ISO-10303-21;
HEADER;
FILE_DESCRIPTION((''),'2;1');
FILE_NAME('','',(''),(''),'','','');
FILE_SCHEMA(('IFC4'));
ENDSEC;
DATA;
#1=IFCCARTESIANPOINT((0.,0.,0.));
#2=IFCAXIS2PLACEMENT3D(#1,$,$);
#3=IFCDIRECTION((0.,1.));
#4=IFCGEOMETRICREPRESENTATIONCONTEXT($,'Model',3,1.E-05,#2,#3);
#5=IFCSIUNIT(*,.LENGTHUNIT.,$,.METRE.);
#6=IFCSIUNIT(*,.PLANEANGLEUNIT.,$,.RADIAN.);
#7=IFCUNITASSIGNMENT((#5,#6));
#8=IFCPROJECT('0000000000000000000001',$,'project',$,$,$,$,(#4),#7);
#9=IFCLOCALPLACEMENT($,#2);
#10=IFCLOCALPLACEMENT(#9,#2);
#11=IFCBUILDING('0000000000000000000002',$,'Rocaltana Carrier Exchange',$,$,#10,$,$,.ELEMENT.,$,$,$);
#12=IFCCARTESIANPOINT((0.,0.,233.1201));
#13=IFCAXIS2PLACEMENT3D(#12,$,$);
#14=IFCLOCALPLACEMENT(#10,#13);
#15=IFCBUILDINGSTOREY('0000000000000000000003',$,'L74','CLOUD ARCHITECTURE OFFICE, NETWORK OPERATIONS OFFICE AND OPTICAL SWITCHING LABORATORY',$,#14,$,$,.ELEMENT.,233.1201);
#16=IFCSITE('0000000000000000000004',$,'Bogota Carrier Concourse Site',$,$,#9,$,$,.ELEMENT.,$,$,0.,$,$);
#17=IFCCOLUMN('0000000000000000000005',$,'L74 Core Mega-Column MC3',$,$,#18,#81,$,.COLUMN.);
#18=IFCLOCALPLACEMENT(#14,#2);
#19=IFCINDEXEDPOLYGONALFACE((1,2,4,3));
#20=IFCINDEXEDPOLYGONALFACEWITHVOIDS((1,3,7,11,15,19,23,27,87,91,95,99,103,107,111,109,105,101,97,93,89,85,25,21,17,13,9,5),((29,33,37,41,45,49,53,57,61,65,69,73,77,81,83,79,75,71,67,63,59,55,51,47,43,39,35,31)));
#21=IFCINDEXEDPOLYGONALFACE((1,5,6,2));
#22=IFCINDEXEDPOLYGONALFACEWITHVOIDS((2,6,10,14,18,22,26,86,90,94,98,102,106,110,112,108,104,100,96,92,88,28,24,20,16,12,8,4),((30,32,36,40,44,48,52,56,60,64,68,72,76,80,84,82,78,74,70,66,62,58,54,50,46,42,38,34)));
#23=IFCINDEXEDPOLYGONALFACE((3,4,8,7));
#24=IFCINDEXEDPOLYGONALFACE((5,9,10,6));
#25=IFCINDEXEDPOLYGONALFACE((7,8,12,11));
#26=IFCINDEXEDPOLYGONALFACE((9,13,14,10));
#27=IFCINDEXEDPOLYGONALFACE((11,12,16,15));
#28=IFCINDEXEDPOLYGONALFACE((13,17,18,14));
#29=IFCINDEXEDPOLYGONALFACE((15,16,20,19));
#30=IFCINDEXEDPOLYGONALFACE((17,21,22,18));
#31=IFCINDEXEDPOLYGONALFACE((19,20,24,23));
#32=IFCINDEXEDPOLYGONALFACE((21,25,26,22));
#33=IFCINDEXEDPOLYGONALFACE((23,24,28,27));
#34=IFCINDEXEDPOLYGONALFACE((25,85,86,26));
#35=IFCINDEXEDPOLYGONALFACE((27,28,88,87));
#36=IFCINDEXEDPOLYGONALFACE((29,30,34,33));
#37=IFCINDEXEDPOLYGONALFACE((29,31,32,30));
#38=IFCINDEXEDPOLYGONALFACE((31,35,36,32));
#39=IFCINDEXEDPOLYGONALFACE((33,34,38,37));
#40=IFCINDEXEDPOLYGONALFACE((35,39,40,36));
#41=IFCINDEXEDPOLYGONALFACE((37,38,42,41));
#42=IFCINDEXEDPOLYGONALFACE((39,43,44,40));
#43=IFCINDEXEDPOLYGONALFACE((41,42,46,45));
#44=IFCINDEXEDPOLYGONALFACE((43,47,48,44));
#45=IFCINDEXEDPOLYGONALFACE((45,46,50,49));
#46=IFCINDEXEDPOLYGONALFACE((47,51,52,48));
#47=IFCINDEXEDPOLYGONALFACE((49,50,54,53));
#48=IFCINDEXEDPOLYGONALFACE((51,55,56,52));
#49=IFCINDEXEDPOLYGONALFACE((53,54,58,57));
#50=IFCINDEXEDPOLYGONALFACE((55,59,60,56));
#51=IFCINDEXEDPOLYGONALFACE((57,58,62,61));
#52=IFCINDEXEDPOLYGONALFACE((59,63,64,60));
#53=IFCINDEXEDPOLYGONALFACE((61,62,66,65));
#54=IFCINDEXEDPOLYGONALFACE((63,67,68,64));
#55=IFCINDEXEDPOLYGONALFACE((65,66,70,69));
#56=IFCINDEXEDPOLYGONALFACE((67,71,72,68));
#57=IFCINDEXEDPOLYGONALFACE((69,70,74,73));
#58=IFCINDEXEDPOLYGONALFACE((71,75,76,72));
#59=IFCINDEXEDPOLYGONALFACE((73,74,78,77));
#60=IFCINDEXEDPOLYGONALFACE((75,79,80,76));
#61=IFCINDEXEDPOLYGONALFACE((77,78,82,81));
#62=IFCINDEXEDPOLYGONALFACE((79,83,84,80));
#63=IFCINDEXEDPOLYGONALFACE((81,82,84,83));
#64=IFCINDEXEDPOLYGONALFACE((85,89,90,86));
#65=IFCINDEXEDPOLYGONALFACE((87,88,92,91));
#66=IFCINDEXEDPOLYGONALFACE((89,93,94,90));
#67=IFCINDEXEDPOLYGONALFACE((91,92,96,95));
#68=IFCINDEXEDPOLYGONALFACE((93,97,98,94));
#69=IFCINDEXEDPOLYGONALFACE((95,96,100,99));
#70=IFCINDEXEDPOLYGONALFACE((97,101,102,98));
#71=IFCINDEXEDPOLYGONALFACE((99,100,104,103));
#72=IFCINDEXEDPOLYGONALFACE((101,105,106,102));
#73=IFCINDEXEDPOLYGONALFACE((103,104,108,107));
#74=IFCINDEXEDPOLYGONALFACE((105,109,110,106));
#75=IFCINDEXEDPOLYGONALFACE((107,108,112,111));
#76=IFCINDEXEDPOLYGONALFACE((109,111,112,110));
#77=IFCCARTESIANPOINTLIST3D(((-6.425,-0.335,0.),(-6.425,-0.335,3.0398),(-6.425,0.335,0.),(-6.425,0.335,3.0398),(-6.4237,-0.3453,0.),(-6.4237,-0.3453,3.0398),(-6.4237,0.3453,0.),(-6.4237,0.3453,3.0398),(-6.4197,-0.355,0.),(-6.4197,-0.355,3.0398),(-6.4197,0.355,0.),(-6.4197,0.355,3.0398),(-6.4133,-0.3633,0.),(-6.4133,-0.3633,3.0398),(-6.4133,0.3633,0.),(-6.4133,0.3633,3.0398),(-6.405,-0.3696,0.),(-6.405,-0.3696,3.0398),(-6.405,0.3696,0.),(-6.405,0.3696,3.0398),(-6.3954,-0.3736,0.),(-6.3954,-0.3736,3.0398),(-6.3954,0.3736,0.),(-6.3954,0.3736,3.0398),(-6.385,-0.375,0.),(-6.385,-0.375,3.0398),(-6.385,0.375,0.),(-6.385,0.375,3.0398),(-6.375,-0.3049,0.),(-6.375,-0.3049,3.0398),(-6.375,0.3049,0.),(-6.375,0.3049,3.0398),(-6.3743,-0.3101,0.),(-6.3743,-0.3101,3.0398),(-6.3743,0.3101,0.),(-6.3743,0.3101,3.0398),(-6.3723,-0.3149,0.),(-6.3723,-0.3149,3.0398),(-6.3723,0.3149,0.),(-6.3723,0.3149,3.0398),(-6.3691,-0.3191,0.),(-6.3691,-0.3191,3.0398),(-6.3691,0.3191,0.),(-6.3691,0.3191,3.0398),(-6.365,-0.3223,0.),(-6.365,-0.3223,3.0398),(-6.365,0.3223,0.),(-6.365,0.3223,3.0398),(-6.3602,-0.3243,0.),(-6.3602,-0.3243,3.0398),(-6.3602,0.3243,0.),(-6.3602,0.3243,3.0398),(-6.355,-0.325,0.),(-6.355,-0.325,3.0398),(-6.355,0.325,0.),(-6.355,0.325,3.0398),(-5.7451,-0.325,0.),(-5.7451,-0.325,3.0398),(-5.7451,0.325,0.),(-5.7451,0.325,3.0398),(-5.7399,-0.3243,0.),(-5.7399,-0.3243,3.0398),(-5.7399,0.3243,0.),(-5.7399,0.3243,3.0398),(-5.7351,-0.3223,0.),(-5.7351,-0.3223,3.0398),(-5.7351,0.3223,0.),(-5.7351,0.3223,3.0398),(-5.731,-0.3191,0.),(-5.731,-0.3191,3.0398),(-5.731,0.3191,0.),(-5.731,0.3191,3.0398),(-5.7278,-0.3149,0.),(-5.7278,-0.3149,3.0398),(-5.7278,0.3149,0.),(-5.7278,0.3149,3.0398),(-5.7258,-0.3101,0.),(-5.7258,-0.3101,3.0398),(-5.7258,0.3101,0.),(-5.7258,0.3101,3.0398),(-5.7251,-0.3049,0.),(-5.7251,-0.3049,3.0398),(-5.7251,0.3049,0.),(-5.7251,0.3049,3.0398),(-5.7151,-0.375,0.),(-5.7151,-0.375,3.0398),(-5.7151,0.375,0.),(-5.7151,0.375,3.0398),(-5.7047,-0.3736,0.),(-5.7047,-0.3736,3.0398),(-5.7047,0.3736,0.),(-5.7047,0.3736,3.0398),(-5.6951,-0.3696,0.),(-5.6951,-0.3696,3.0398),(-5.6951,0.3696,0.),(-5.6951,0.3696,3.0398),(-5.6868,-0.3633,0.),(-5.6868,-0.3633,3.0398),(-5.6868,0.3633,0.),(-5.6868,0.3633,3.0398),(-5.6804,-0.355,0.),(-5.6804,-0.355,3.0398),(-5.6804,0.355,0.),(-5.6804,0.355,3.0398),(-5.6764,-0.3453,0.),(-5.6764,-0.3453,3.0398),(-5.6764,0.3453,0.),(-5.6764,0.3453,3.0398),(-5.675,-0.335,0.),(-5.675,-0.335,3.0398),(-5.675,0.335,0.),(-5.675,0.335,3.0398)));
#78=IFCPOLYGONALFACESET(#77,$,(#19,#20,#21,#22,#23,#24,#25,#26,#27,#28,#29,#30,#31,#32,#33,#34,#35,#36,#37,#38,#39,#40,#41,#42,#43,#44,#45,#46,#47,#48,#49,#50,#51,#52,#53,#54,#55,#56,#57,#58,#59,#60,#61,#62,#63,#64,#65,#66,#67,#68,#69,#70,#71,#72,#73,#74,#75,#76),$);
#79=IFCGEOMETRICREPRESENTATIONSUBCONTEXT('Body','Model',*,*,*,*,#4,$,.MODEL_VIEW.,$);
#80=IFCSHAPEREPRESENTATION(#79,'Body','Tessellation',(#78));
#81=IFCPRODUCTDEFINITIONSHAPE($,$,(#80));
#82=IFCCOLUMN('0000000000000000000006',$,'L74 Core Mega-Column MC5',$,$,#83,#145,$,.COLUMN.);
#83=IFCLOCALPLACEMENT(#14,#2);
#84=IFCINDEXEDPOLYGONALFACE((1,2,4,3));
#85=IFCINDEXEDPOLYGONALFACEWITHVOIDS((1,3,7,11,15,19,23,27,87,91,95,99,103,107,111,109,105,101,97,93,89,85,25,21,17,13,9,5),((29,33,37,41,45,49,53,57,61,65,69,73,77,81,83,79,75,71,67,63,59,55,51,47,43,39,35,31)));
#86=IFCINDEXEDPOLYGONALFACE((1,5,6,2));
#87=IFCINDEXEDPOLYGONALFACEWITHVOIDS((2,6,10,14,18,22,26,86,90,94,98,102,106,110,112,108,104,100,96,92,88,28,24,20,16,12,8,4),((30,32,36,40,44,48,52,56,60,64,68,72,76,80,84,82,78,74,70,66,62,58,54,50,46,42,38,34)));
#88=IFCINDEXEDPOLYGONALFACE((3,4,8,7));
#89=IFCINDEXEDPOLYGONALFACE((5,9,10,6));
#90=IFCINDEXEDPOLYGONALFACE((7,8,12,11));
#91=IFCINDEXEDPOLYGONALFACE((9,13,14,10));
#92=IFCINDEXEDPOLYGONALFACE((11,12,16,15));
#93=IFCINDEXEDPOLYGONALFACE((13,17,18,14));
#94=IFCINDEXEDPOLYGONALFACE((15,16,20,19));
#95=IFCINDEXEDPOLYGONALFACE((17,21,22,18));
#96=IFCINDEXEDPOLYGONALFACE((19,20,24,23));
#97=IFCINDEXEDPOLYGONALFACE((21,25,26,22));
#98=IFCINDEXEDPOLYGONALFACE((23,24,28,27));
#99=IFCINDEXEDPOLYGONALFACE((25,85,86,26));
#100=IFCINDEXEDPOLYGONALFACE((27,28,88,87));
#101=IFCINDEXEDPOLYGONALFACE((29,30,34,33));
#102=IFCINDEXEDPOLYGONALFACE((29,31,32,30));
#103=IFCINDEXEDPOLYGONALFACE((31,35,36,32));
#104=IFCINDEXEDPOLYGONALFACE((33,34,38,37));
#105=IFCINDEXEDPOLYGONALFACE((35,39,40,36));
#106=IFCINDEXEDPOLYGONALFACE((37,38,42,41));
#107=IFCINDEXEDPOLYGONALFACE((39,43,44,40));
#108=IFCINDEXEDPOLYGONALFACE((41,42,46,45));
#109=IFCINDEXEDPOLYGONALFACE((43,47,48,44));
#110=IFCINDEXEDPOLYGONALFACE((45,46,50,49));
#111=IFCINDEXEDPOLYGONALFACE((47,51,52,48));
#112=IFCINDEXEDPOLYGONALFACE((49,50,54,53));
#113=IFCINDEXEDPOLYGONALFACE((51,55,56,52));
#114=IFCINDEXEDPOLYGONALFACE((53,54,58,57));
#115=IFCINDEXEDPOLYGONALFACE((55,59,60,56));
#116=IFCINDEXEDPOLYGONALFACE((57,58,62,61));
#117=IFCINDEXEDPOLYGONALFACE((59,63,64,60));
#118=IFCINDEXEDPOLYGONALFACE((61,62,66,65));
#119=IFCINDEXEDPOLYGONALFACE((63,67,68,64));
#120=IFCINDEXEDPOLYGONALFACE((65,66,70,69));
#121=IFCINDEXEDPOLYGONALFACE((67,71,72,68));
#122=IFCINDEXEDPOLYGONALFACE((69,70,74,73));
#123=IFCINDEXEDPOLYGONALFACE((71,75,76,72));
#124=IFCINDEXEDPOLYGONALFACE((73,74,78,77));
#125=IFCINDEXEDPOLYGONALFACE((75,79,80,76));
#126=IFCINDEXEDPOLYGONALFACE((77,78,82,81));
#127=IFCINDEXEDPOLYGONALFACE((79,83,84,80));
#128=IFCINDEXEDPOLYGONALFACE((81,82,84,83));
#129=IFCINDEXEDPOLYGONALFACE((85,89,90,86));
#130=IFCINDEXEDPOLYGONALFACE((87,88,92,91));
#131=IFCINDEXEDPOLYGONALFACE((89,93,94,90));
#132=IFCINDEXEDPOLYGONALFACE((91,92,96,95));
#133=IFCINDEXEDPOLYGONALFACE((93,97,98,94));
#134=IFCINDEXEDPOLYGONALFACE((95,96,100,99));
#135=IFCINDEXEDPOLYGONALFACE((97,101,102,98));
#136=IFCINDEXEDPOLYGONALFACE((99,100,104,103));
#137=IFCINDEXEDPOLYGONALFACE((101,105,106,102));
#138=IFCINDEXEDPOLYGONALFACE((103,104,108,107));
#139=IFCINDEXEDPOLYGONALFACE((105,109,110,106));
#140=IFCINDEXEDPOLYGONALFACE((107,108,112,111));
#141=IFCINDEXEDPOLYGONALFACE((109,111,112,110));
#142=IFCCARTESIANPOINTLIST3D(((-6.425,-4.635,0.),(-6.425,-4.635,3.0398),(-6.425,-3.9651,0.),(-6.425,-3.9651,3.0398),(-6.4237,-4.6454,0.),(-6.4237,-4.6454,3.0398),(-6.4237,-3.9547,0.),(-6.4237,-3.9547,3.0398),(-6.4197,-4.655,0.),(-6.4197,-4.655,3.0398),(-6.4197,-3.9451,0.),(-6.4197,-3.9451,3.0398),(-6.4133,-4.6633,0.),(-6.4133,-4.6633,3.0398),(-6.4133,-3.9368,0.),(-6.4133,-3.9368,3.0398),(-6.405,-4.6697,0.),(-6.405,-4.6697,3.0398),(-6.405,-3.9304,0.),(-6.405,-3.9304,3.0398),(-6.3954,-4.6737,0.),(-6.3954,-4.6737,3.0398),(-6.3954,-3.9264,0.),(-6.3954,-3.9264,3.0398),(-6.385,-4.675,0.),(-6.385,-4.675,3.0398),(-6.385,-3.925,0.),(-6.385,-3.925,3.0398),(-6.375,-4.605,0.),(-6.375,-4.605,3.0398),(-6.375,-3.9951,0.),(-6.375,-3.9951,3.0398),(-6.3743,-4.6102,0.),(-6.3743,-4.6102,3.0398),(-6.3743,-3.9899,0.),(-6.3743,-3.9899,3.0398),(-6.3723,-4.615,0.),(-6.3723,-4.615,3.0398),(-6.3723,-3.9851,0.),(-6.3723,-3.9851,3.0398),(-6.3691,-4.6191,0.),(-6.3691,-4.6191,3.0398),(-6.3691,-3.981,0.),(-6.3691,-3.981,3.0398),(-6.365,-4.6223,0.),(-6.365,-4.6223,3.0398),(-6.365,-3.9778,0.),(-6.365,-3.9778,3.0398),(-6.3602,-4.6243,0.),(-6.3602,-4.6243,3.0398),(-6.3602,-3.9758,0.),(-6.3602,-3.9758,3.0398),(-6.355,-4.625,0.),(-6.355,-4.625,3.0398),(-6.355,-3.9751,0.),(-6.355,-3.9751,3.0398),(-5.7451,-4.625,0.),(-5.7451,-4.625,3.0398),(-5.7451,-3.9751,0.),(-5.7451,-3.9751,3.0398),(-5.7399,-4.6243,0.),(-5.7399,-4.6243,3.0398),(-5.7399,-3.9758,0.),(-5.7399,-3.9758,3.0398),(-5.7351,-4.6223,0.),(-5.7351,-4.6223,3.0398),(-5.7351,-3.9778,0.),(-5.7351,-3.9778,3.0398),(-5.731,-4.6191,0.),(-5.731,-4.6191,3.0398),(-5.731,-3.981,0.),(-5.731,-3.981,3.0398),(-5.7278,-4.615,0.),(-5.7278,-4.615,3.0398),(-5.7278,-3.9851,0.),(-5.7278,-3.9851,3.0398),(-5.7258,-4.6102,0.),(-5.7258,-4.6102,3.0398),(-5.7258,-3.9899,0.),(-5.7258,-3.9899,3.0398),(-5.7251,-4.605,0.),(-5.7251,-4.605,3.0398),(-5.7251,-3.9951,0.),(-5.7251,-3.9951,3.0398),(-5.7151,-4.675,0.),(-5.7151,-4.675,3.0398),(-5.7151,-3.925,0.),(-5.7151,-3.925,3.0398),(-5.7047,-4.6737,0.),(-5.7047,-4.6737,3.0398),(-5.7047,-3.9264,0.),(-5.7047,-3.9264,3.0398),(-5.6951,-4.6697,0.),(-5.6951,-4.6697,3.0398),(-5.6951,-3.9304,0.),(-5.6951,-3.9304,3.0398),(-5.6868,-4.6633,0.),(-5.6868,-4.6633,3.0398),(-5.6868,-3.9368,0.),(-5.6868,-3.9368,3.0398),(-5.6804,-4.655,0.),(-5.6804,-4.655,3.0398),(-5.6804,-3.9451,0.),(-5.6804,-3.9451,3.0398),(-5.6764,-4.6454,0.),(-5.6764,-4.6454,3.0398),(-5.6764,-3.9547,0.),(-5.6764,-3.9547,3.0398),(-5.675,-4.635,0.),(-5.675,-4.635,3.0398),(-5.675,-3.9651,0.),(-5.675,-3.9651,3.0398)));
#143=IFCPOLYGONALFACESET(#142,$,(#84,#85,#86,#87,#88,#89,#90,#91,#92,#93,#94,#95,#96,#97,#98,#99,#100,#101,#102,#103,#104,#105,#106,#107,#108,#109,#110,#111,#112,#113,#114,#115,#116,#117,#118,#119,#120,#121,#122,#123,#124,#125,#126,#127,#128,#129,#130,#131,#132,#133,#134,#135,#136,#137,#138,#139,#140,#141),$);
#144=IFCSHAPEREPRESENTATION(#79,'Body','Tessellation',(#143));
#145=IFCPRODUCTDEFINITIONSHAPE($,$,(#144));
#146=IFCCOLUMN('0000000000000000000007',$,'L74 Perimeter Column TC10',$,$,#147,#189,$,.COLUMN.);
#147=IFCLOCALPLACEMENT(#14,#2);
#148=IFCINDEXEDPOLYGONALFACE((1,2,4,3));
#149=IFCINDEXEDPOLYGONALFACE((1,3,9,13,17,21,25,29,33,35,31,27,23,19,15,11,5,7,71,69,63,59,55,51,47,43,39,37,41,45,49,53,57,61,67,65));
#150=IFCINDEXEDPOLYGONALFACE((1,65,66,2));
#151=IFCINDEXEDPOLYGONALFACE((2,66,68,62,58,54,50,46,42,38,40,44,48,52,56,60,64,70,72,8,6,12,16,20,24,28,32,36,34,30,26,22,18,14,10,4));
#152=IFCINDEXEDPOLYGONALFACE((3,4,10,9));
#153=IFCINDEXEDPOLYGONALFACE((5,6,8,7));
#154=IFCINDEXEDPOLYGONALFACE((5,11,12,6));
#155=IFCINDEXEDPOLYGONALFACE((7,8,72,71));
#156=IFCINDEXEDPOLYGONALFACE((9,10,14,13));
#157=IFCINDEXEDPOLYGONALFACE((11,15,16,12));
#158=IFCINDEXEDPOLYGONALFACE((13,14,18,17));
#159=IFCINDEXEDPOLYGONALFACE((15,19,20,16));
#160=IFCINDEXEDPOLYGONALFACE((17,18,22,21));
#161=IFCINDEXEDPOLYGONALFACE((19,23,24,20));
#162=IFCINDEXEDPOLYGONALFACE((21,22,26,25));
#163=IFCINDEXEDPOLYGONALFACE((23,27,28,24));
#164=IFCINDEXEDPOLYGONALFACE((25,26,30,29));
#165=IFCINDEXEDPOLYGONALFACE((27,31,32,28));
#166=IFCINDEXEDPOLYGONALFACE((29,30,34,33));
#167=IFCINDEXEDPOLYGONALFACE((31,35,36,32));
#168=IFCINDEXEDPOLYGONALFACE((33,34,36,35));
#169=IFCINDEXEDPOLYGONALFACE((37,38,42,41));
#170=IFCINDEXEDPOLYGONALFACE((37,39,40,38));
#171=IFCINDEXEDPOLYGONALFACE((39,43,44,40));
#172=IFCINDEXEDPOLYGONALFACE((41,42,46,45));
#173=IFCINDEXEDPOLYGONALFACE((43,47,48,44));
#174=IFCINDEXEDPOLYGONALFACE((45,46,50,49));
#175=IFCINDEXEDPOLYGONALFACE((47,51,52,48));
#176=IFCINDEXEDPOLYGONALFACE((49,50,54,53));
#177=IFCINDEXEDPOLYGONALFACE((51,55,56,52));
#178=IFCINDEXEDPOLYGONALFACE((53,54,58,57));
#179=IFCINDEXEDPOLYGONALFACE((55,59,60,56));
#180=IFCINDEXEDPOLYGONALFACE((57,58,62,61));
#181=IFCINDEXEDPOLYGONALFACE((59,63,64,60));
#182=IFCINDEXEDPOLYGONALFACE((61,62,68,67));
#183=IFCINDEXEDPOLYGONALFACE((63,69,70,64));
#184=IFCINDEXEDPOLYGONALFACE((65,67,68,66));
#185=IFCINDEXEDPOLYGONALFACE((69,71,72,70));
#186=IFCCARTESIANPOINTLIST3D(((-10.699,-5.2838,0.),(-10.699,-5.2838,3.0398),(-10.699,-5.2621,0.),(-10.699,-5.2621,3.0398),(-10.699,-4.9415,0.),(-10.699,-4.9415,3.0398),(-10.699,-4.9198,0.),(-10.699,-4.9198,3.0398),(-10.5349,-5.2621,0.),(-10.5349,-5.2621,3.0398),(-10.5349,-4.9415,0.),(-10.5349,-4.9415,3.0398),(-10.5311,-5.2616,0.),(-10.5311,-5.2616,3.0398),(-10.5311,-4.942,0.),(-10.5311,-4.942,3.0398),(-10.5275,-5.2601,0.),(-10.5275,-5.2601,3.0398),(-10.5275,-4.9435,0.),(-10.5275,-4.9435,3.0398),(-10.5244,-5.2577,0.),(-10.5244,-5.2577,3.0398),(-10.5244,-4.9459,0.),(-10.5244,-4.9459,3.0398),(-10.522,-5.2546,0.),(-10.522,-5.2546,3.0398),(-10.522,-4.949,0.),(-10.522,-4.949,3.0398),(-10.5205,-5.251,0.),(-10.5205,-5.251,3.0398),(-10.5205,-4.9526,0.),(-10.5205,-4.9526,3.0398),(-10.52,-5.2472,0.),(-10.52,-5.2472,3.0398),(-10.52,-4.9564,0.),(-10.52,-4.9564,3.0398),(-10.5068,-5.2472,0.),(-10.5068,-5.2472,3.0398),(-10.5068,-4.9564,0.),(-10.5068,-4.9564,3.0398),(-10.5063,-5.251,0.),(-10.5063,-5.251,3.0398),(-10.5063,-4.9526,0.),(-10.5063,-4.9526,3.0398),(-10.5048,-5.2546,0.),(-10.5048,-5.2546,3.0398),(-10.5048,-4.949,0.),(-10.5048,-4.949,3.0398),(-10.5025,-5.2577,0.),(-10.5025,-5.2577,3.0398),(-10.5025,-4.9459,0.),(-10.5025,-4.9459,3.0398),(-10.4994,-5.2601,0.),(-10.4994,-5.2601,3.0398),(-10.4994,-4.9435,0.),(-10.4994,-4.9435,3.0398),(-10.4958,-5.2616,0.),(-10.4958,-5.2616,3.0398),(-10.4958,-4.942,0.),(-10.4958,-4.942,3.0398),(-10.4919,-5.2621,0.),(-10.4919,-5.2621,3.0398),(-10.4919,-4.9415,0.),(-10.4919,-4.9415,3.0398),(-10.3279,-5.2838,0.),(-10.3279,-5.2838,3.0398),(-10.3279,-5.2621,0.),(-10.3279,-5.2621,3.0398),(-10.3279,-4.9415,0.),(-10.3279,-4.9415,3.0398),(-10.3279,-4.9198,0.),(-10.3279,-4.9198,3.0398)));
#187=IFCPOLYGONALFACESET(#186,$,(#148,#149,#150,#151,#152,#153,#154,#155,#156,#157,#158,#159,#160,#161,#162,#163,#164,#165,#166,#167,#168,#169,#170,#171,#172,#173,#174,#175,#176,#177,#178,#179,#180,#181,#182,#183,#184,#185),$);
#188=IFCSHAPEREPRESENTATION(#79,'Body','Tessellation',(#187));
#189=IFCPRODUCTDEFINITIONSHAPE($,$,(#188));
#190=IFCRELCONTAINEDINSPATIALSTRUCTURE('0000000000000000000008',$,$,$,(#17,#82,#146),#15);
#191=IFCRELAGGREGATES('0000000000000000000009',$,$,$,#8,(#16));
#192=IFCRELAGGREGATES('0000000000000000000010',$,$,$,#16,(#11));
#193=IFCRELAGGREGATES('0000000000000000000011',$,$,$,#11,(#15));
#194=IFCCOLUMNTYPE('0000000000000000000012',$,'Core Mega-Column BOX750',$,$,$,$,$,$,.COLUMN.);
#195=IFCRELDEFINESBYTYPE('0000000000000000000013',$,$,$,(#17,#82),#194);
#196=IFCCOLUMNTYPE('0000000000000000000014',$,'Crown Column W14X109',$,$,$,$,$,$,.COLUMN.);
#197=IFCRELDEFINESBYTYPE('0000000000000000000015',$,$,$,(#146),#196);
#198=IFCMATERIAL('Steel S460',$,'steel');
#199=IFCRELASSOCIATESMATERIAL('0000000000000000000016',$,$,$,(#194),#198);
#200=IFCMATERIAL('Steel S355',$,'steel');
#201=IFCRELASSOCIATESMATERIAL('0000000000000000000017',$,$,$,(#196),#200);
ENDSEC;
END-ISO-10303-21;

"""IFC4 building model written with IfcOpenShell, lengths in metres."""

from ifc_helpers import new_model, si_unit, direction, frame, origin, origin_2d, place, context, subcontext, project, spatial, hollow_rectangle, i_section, extrude, material, material_profile, profile_set, type_object, element, save


model = new_model("IFC4")

# Units and contexts
model_context = context("Model", 3, precision=1e-05, world=origin(), true_north=direction((0.0, 1.0)))
body_context = subcontext(model_context, "Body", "Model", "MODEL_VIEW")
ifc_project = project(units=[si_unit("LENGTHUNIT", "METRE"), si_unit("PLANEANGLEUNIT", "RADIAN")], contexts=[model_context])

# Site, building, storey
site_placement = place(None, origin())
site = spatial("IfcSite", under=ifc_project, at=site_placement, Name="Bogota Carrier Concourse Site", CompositionType="ELEMENT", RefElevation=0.0)
building_placement = place(site_placement, origin())
building = spatial("IfcBuilding", under=site, at=building_placement, Name="Rocaltana Carrier Exchange", CompositionType="ELEMENT")
storey_placement = place(building_placement, frame((0.0, 0.0, 233.1201)))
storey = spatial("IfcBuildingStorey", under=building, at=storey_placement, Name="L74", Description="CLOUD ARCHITECTURE OFFICE, NETWORK OPERATIONS OFFICE AND OPTICAL SWITCHING LABORATORY", CompositionType="ELEMENT", Elevation=233.1201)

# Columns
ifc_material_1 = material(Name="Steel S460", Category="steel")
ifc_material_profile_1 = material_profile(ifc_material_1, hollow_rectangle(XDim=0.75, YDim=0.75, WallThickness=0.05, InnerFilletRadius=0.02, OuterFilletRadius=0.04, at=origin_2d()), Name="BOX750X750X50")
ifc_profile_set_1 = profile_set([ifc_material_profile_1], Name="Steel S460")
column_type_1 = type_object("IfcColumnType", Name="Core Mega-Column BOX750", PredefinedType="COLUMN", material=ifc_profile_set_1)
for number, where, z_axis, x_axis, name in (
    (1, (-6.05, 0.0, 0.0), (0.0, 0.0, 1.0), (1.0, 0.0, 0.0), "L74 Core Mega-Column MC3"),
    (2, (-6.05, -4.3, 0.0), (0.0, 0.0, 1.0), (1.0, 0.0, 0.0), "L74 Core Mega-Column MC5"),
):
    element("IfcColumn", number, at=place(storey_placement, frame(where, z_axis=z_axis, x_axis=x_axis)), inside=storey, type_object=column_type_1, Name=name, PredefinedType="COLUMN", context=body_context, shape_type="SweptSolid", body=[
        extrude(hollow_rectangle(XDim=0.75, YDim=0.75, WallThickness=0.05, InnerFilletRadius=0.02, OuterFilletRadius=0.04, at=origin_2d()), origin(), (0.0, 0.0, 1.0), 3.0398),
    ])
ifc_material_2 = material(Name="Steel S355", Category="steel")
ifc_material_profile_2 = material_profile(ifc_material_2, i_section(OverallWidth=0.3711, OverallDepth=0.364, WebThickness=0.0132, FlangeThickness=0.0217, FilletRadius=0.0149, at=origin_2d()), Name="W14X109")
ifc_profile_set_2 = profile_set([ifc_material_profile_2], Name="Steel S355")
column_type_2 = type_object("IfcColumnType", Name="Crown Column W14X109", PredefinedType="COLUMN", material=ifc_profile_set_2)
column_placement = place(storey_placement, frame((-10.5134, -5.1018, 0.0), z_axis=(0.0, 0.0, 1.0), x_axis=(1.0, 0.0, 0.0)))
element("IfcColumn", 3, at=column_placement, inside=storey, type_object=column_type_2, Name="L74 Perimeter Column TC10", PredefinedType="COLUMN", context=body_context, shape_type="SweptSolid", body=[
    extrude(i_section(OverallWidth=0.3711, OverallDepth=0.364, WebThickness=0.0132, FlangeThickness=0.0217, FilletRadius=0.0149, at=origin_2d()), origin(), (0.0, 0.0, 1.0), 3.0398),
])

save(model, "model.ifc")
